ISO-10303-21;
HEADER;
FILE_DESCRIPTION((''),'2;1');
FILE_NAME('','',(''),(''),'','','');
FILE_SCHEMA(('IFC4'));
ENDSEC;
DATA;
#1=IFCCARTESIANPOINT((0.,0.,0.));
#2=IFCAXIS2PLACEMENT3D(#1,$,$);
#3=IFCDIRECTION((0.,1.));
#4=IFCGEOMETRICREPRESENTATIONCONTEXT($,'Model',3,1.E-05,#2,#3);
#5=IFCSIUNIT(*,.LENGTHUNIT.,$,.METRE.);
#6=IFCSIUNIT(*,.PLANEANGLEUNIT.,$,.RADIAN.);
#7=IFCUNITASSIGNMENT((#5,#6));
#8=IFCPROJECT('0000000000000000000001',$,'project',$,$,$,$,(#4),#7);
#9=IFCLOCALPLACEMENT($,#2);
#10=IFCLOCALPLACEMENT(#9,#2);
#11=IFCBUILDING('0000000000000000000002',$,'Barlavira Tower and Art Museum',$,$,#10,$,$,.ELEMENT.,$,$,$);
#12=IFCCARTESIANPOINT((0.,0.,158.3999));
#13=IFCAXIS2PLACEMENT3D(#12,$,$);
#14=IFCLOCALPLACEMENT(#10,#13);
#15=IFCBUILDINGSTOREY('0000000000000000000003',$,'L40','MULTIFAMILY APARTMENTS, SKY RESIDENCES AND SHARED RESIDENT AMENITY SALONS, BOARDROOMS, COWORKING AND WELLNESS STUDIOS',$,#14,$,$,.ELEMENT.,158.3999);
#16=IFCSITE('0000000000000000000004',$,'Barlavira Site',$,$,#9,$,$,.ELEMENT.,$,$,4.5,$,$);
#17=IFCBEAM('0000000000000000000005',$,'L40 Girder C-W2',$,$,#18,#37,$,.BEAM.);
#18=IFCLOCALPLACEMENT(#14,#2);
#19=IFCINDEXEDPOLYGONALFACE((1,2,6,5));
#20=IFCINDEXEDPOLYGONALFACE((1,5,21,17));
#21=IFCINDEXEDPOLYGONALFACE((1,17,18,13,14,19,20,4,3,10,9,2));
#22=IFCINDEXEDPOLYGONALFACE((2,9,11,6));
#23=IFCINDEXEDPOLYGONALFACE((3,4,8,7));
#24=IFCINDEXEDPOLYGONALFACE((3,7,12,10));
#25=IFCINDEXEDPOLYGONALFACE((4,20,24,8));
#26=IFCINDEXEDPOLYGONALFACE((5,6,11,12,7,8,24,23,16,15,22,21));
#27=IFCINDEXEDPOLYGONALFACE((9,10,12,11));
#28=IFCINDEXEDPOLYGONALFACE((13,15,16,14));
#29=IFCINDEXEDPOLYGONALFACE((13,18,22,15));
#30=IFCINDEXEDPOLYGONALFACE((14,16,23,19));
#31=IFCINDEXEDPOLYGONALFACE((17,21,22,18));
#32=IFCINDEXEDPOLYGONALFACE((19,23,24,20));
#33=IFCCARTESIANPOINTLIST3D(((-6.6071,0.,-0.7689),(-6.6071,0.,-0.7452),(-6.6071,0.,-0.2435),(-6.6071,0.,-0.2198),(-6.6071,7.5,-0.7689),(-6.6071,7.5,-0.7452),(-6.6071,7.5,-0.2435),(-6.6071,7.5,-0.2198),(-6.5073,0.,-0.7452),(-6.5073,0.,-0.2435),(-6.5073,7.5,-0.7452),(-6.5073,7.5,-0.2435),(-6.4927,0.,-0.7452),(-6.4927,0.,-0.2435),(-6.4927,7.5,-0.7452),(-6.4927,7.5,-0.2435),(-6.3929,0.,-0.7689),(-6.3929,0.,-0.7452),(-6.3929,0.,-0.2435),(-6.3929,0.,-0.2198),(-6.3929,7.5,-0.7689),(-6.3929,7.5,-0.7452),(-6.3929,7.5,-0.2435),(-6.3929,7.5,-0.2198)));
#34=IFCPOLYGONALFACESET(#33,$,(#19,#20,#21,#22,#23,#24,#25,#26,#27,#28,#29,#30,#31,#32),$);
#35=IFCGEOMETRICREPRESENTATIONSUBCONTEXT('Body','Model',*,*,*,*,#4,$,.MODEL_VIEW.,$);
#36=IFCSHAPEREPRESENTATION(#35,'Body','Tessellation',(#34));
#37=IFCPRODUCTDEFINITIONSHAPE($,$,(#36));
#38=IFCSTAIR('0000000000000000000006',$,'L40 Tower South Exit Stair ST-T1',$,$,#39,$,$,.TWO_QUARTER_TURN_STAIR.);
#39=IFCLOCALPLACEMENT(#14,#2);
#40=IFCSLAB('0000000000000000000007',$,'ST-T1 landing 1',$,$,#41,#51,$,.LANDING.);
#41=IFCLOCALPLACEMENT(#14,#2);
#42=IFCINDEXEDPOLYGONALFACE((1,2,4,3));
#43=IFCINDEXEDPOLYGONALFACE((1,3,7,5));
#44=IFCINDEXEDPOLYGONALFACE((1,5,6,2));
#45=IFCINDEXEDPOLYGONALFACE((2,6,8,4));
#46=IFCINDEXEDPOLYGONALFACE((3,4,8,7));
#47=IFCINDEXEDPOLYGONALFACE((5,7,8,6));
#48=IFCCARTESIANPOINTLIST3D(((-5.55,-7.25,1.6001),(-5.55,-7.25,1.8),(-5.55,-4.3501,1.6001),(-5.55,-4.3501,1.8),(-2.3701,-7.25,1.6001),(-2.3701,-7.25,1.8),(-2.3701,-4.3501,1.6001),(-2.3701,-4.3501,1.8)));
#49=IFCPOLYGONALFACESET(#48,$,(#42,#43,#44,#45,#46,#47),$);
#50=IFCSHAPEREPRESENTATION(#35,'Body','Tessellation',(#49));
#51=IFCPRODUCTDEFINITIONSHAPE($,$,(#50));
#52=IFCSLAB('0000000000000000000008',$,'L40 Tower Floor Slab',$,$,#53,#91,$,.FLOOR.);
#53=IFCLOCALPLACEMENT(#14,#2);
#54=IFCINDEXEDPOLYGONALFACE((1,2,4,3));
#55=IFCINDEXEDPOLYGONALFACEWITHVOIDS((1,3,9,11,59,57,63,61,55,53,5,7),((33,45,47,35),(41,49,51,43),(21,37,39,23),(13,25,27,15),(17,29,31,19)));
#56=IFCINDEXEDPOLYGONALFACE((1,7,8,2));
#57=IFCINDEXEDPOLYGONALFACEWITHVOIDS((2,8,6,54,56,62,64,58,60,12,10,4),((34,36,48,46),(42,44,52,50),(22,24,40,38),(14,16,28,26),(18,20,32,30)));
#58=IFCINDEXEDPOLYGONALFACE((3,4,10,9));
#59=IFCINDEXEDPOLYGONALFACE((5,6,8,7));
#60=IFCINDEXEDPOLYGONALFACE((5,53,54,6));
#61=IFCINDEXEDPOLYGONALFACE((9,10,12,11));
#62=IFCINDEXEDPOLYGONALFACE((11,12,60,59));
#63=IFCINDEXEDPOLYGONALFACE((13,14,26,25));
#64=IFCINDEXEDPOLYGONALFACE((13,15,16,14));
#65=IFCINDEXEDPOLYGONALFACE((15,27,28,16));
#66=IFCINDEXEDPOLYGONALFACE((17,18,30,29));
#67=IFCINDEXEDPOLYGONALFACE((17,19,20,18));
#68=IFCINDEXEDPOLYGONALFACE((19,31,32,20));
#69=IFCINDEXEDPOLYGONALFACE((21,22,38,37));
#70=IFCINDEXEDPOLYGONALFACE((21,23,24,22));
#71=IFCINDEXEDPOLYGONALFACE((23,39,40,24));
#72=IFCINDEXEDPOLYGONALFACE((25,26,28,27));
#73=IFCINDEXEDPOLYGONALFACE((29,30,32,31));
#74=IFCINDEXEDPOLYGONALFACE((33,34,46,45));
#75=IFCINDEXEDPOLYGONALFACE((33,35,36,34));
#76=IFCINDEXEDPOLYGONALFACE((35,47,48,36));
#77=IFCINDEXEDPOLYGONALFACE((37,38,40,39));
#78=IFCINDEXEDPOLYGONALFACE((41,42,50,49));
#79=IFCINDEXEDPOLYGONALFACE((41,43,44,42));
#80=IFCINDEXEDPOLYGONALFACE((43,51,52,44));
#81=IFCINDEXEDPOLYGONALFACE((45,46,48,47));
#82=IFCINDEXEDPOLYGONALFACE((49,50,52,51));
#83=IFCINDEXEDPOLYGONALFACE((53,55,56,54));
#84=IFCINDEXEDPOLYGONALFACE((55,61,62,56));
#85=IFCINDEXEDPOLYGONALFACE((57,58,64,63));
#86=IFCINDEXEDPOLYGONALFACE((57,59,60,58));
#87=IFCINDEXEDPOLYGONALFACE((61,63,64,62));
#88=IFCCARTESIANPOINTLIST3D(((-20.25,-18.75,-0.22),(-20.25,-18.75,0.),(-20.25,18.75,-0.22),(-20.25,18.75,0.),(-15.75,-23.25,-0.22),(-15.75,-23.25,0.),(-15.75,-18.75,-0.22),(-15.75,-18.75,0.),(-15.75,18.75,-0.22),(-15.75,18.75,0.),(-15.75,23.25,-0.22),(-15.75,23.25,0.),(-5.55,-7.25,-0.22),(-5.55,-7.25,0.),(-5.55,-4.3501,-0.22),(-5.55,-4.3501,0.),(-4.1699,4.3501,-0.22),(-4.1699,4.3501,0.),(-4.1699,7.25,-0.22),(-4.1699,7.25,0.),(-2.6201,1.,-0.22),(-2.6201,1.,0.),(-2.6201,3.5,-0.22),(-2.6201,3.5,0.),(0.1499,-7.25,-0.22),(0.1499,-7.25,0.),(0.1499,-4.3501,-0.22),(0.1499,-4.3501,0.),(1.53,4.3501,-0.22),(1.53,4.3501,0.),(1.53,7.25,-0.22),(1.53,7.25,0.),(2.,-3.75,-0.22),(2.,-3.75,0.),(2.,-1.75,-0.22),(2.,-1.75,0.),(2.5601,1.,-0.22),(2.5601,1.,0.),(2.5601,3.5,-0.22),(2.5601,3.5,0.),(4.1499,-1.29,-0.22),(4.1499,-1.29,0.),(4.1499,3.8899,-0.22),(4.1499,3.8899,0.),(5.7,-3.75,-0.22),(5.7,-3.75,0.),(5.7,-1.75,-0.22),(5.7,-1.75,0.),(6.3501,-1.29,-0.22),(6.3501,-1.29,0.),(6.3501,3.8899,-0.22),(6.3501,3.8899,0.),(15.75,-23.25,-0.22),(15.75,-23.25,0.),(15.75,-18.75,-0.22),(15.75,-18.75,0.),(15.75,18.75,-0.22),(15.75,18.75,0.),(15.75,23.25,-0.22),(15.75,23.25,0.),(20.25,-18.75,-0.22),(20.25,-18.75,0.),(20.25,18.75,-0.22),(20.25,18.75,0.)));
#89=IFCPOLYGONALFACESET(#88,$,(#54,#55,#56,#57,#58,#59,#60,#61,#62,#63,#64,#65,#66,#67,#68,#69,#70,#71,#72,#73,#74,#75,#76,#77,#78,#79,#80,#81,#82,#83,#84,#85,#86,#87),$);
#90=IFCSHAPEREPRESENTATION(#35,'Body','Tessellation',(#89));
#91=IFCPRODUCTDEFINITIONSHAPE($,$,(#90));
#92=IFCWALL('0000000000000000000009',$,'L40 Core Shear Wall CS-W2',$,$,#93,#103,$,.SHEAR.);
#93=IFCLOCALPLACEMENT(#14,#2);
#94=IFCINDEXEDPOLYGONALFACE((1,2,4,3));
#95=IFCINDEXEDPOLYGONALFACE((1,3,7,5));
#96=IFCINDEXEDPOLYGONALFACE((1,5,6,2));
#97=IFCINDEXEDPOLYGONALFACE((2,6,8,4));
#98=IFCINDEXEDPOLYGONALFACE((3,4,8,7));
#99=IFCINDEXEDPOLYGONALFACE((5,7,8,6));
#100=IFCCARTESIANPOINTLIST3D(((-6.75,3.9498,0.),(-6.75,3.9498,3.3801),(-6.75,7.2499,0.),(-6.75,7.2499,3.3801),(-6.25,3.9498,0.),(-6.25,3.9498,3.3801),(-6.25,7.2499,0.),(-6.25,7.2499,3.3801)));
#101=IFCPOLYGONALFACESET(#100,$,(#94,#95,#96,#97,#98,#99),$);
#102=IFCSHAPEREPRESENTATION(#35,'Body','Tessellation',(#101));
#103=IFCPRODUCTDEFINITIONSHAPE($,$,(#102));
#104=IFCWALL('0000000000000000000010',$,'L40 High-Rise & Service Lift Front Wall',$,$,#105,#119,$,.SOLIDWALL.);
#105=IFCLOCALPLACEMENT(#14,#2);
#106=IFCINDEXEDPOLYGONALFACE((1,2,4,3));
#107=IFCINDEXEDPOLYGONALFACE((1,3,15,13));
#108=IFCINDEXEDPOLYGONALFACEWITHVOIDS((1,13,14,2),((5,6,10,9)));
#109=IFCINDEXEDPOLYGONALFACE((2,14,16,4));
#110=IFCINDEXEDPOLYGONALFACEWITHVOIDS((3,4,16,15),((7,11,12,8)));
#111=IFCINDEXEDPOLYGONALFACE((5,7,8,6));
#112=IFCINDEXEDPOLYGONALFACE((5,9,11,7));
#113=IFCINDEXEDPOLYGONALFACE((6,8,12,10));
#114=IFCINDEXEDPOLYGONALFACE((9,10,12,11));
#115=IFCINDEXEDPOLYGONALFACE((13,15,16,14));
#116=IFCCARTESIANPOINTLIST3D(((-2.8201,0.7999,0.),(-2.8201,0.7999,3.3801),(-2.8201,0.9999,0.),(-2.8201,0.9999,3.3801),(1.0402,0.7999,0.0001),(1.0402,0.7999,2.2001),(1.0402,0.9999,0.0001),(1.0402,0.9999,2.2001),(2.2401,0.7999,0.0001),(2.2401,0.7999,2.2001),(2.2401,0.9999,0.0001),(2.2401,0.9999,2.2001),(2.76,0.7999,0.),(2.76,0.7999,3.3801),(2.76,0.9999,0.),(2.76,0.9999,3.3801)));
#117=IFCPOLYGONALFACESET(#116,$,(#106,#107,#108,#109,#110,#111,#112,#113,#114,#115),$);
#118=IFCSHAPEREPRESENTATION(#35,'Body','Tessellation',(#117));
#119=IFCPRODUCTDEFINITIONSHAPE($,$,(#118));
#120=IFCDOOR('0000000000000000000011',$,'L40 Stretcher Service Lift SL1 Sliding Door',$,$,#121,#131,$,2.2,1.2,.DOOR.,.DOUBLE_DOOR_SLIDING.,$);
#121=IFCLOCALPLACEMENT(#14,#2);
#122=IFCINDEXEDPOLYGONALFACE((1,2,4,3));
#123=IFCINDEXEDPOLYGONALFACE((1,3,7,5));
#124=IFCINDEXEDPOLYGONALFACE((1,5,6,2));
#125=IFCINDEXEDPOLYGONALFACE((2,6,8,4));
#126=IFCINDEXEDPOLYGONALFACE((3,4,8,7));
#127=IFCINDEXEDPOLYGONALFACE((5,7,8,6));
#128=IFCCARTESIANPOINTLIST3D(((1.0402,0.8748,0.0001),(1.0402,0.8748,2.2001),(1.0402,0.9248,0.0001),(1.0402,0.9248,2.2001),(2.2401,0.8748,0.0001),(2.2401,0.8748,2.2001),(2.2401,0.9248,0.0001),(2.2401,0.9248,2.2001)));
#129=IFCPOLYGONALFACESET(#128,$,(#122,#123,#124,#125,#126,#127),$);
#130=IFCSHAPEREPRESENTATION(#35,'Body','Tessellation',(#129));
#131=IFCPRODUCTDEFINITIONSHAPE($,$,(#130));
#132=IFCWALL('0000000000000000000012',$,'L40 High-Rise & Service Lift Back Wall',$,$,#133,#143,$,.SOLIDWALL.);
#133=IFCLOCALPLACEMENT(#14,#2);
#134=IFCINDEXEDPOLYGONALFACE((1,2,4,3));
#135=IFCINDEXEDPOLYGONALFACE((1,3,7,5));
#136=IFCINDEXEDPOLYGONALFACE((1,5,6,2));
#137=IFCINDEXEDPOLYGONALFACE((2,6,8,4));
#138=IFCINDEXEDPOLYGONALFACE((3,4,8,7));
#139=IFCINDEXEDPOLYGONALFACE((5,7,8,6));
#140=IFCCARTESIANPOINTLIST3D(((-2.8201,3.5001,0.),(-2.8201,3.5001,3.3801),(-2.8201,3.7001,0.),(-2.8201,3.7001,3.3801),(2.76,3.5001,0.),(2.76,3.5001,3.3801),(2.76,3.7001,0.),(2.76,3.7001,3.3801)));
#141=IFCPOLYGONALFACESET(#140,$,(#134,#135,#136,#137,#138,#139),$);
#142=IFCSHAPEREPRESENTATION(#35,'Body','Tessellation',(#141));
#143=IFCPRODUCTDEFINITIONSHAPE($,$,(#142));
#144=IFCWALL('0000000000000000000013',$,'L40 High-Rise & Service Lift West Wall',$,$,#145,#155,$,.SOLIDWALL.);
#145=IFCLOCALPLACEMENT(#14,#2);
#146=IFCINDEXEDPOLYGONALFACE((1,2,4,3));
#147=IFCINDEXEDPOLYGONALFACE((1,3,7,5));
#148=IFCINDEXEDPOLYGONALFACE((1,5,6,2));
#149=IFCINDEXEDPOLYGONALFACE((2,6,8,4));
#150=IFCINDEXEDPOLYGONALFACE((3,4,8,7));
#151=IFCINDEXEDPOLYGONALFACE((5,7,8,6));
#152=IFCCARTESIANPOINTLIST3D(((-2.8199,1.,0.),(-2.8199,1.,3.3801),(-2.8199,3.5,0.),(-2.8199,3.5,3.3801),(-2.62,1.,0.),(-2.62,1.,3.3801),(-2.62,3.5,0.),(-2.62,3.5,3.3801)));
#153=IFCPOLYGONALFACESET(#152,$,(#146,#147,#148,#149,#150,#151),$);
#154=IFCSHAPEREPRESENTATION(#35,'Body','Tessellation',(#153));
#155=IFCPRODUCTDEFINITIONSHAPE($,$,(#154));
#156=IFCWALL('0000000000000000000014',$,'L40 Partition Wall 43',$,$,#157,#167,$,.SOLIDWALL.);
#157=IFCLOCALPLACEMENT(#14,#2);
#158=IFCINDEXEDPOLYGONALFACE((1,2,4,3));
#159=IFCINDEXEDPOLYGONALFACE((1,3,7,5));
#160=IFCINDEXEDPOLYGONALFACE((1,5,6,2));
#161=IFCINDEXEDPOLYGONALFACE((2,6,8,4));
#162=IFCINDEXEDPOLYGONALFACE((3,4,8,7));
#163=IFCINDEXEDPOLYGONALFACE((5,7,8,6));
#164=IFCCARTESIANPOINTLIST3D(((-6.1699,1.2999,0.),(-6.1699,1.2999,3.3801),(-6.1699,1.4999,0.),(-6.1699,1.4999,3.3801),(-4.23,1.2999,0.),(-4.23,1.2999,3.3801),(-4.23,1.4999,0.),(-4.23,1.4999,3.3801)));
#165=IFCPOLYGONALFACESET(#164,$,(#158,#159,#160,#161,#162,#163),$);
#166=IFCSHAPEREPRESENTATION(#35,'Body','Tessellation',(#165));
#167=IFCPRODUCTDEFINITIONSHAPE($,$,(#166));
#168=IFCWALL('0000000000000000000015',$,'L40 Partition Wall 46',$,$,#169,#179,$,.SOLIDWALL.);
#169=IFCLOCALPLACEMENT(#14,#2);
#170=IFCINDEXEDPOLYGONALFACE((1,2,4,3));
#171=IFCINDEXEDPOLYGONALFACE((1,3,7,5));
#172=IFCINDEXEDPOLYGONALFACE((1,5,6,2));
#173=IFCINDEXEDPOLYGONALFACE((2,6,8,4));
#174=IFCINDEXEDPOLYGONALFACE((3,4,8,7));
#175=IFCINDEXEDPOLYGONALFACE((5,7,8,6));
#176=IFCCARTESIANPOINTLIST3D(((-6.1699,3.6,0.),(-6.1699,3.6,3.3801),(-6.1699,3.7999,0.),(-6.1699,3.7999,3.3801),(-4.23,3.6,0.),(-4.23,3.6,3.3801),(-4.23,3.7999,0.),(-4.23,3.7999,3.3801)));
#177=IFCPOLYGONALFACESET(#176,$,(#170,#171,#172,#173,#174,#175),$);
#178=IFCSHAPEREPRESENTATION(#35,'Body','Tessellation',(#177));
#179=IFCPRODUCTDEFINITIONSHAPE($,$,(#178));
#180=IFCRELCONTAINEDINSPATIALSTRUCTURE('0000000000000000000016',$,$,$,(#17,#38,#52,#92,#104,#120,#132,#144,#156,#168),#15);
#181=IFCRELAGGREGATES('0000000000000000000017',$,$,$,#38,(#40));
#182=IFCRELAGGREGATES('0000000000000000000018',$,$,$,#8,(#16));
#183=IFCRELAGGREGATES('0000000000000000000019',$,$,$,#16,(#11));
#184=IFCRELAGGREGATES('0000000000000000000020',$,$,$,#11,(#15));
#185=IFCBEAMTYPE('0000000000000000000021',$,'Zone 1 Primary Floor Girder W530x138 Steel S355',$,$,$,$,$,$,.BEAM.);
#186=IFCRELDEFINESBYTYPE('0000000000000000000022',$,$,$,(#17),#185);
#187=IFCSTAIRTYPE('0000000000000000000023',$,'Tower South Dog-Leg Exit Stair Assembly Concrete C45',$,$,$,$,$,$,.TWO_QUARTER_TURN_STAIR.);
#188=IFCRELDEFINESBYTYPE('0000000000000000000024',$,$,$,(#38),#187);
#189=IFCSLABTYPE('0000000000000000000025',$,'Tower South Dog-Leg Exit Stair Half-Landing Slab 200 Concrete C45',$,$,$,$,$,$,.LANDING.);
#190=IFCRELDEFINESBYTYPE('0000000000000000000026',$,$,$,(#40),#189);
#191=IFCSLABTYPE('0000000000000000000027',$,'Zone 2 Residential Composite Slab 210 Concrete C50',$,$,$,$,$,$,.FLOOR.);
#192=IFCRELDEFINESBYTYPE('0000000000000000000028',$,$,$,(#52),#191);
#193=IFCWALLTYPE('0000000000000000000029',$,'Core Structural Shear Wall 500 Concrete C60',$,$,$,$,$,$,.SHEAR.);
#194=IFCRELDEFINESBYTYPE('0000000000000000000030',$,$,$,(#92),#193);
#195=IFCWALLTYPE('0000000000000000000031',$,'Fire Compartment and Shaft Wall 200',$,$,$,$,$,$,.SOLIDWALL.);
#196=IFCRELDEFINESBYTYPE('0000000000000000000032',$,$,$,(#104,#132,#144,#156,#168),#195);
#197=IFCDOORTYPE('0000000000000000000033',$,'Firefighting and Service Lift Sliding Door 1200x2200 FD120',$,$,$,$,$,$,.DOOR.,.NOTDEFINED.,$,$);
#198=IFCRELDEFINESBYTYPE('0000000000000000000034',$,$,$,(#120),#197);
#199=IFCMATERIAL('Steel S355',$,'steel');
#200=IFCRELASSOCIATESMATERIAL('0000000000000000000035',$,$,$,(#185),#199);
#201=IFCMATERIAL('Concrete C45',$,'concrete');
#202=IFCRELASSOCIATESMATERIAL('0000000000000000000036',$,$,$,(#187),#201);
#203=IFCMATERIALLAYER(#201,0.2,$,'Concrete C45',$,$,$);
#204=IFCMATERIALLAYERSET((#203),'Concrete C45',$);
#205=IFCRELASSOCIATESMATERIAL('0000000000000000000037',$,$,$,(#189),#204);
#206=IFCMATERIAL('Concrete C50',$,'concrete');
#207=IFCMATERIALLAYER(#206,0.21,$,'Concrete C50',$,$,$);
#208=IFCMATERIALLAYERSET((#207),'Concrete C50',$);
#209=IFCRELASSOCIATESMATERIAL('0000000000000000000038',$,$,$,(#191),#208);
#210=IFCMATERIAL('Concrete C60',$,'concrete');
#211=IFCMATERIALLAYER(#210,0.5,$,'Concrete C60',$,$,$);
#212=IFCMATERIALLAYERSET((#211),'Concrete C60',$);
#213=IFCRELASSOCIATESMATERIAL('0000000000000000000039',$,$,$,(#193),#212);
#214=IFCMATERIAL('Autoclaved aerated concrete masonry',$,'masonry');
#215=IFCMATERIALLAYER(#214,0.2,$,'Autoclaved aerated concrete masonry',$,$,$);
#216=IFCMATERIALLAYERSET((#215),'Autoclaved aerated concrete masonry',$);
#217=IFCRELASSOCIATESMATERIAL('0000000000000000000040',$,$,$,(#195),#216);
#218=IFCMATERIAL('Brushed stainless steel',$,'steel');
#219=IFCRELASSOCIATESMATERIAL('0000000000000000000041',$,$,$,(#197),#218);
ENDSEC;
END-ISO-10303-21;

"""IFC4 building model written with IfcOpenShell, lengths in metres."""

from ifc_helpers import new_model, si_unit, direction, frame, frame_2d, origin, origin_2d, place, context, subcontext, project, spatial, polyline, rectangle, i_section, outline, extrude, material, layer, layer_set, material_profile, profile_set, type_object, element, fill, aggregate, save


model = new_model("IFC4")

# Units and contexts
model_context = context("Model", 3, precision=1e-05, world=origin(), true_north=direction((0.0, 1.0)))
body_context = subcontext(model_context, "Body", "Model", "MODEL_VIEW")
ifc_project = project(units=[si_unit("LENGTHUNIT", "METRE"), si_unit("PLANEANGLEUNIT", "RADIAN")], contexts=[model_context])

# Site, building, storey
site_placement = place(None, origin())
site = spatial("IfcSite", under=ifc_project, at=site_placement, Name="Barlavira Site", CompositionType="ELEMENT", RefElevation=4.5)
building_placement = place(site_placement, origin())
building = spatial("IfcBuilding", under=site, at=building_placement, Name="Barlavira Tower and Art Museum", CompositionType="ELEMENT")
storey_placement = place(building_placement, frame((0.0, 0.0, 158.3999)))
storey = spatial("IfcBuildingStorey", under=building, at=storey_placement, Name="L40", Description="MULTIFAMILY APARTMENTS, SKY RESIDENCES AND SHARED RESIDENT AMENITY SALONS, BOARDROOMS, COWORKING AND WELLNESS STUDIOS", CompositionType="ELEMENT", Elevation=158.3999)

# Beam
ifc_material_1 = material(Name="Steel S355", Category="steel")
ifc_material_profile = material_profile(ifc_material_1, i_section(OverallWidth=0.2141, OverallDepth=0.5491, WebThickness=0.0146, FlangeThickness=0.0237, at=origin_2d()), Name="W530x138.0")
ifc_profile_set = profile_set([ifc_material_profile], Name="Steel S355")
beam_type = type_object("IfcBeamType", Name="Zone 1 Primary Floor Girder W530x138 Steel S355", PredefinedType="BEAM", material=ifc_profile_set)
beam_placement = place(storey_placement, frame((-6.5, 0.0, -0.4944), z_axis=(0.0, 1.0, 0.0), x_axis=(-1.0, 0.0, 0.0)))
element("IfcBeam", 1, at=beam_placement, inside=storey, type_object=beam_type, Name="L40 Girder C-W2", PredefinedType="BEAM", context=body_context, shape_type="SweptSolid", body=[
    extrude(i_section(OverallWidth=0.2141, OverallDepth=0.5491, WebThickness=0.0146, FlangeThickness=0.0237, at=origin_2d()), origin(), (0.0, 0.0, 1.0), 7.5),
])

# Stair, slab
ifc_material_2 = material(Name="Concrete C45", Category="concrete")
stair_type_1 = type_object("IfcStairType", Name="Tower South Dog-Leg Exit Stair Assembly Concrete C45", PredefinedType="TWO_QUARTER_TURN_STAIR", material=ifc_material_2)
stair_1_placement = place(storey_placement, origin())
stair_1 = element("IfcStair", 2, at=stair_1_placement, inside=storey, type_object=stair_type_1, Name="L40 Tower South Exit Stair ST-T1", PredefinedType="TWO_QUARTER_TURN_STAIR")
ifc_layer_1 = layer(ifc_material_2, 0.2, Name="Concrete C45")
ifc_layer_set_1 = layer_set([ifc_layer_1], Name="Concrete C45")
slab_type_1 = type_object("IfcSlabType", Name="Tower South Dog-Leg Exit Stair Half-Landing Slab 200 Concrete C45", PredefinedType="LANDING", material=ifc_layer_set_1)
slab_1_placement = place(storey_placement, frame((0.0, 0.0, 1.6001)))
slab_1 = element("IfcSlab", 3, at=slab_1_placement, type_object=slab_type_1, Name="ST-T1 landing 1", PredefinedType="LANDING", context=body_context, shape_type="SweptSolid", body=[
    extrude(outline(polyline([(-2.3701, -4.3501), (-5.55, -4.3501), (-5.55, -7.25), (-2.3701, -7.25), (-2.3701, -4.3501)])), origin(), (0.0, 0.0, 1.0), 0.2),
])
aggregate(stair_1, [slab_1])

# Slab
ifc_material_3 = material(Name="Concrete C50", Category="concrete")
ifc_layer_2 = layer(ifc_material_3, 0.21, Name="Concrete C50")
ifc_layer_set_2 = layer_set([ifc_layer_2], Name="Concrete C50")
slab_type_2 = type_object("IfcSlabType", Name="Zone 2 Residential Composite Slab 210 Concrete C50", PredefinedType="FLOOR", material=ifc_layer_set_2)
slab_2_placement = place(storey_placement, frame((0.0, 0.0, -0.22)))
element("IfcSlab", 4, at=slab_2_placement, inside=storey, type_object=slab_type_2, Name="L40 Tower Floor Slab", PredefinedType="FLOOR", context=body_context, shape_type="SweptSolid", body=[
    extrude(outline(polyline([(-15.75, -23.25), (15.75, -23.25), (15.75, -18.75), (20.25, -18.75), (20.25, 18.75), (15.75, 18.75), (15.75, 23.25), (-15.75, 23.25), (-15.75, 18.75), (-20.25, 18.75), (-20.25, -18.75), (-15.75, -18.75), (-15.75, -23.25)]), holes=[polyline([(0.1499, -4.3501), (-5.55, -4.3501), (-5.55, -7.25), (0.1499, -7.25), (0.1499, -4.3501)]), polyline([(-4.1699, 4.3501), (1.53, 4.3501), (1.53, 7.25), (-4.1699, 7.25), (-4.1699, 4.3501)]), polyline([(4.1499, -1.29), (6.3501, -1.29), (6.3501, 3.8899), (4.1499, 3.8899), (4.1499, -1.29)]), polyline([(-2.6201, 1.0), (2.5601, 1.0), (2.5601, 3.5), (-2.6201, 3.5), (-2.6201, 1.0)]), polyline([(2.0, -3.75), (5.7, -3.75), (5.7, -1.75), (2.0, -1.75), (2.0, -3.75)])]), origin(), (0.0, 0.0, 1.0), 0.22),
])

# Wall
ifc_material_4 = material(Name="Concrete C60", Category="concrete")
ifc_layer_3 = layer(ifc_material_4, 0.5, Name="Concrete C60")
ifc_layer_set_3 = layer_set([ifc_layer_3], Name="Concrete C60")
wall_type_1 = type_object("IfcWallType", Name="Core Structural Shear Wall 500 Concrete C60", PredefinedType="SHEAR", material=ifc_layer_set_3)
wall_1_placement = place(storey_placement, frame((-6.5, 3.95, 0.0), z_axis=(0.0, 0.0, 1.0), x_axis=(0.0, 1.0, 0.0)))
element("IfcWall", 5, at=wall_1_placement, inside=storey, type_object=wall_type_1, Name="L40 Core Shear Wall CS-W2", PredefinedType="SHEAR", context=body_context, shape_type="SweptSolid", body=[
    extrude(rectangle(XDim=3.3, YDim=0.5, at=frame_2d((1.6499, 0.0))), origin(), (0.0, 0.0, 1.0), 3.3801),
])

# Wall, opening, door
ifc_material_5 = material(Name="Autoclaved aerated concrete masonry", Category="masonry")
ifc_layer_4 = layer(ifc_material_5, 0.2, Name="Autoclaved aerated concrete masonry")
ifc_layer_set_4 = layer_set([ifc_layer_4], Name="Autoclaved aerated concrete masonry")
wall_type_2 = type_object("IfcWallType", Name="Fire Compartment and Shaft Wall 200", PredefinedType="SOLIDWALL", material=ifc_layer_set_4)
wall_2_placement = place(storey_placement, frame((-2.8201, 0.8999, 0.0), z_axis=(0.0, 0.0, 1.0), x_axis=(1.0, 0.0, 0.0)))
wall_2 = element("IfcWall", 6, at=wall_2_placement, inside=storey, type_object=wall_type_2, Name="L40 High-Rise & Service Lift Front Wall", PredefinedType="SOLIDWALL", context=body_context, shape_type="SweptSolid", body=[
    extrude(rectangle(XDim=5.5801, YDim=0.2, at=frame_2d((2.79, 0.0))), origin(), (0.0, 0.0, 1.0), 3.3801),
])
opening_placement = place(wall_2_placement, frame((3.8601, 0.0, 0.0)))
opening = element("IfcOpeningElement", 7, at=opening_placement, cuts=wall_2, PredefinedType="OPENING", context=body_context, shape_type="SweptSolid", body=[
    extrude(rectangle(XDim=1.2, YDim=2.2, at=frame_2d((0.6001, 1.1001))), frame((0.0, 0.1099, 0.0), z_axis=(0.0, -1.0, 0.0), x_axis=(1.0, 0.0, 0.0)), (0.0, 0.0, 1.0), 0.22),
])
ifc_material_6 = material(Name="Brushed stainless steel", Category="steel")
door_type = type_object("IfcDoorType", Name="Firefighting and Service Lift Sliding Door 1200x2200 FD120", OperationType="NOTDEFINED", PredefinedType="DOOR", material=ifc_material_6)
door_placement = place(opening_placement, origin())
door = element("IfcDoor", 8, at=door_placement, inside=storey, type_object=door_type, Name="L40 Stretcher Service Lift SL1 Sliding Door", OperationType="DOUBLE_DOOR_SLIDING", OverallHeight=2.2, OverallWidth=1.2, PredefinedType="DOOR", context=body_context, shape_type="SweptSolid", body=[
    extrude(rectangle(XDim=1.2, YDim=2.2, at=frame_2d((0.6001, 1.1001))), frame((0.0, 0.0249, 0.0), z_axis=(0.0, -1.0, 0.0), x_axis=(1.0, 0.0, 0.0)), (0.0, 0.0, 1.0), 0.05),
])
fill(opening, door)

# Walls
wall_3_placement = place(storey_placement, frame((-2.8201, 3.6001, 0.0), z_axis=(0.0, 0.0, 1.0), x_axis=(1.0, 0.0, 0.0)))
element("IfcWall", 9, at=wall_3_placement, inside=storey, type_object=wall_type_2, Name="L40 High-Rise & Service Lift Back Wall", PredefinedType="SOLIDWALL", context=body_context, shape_type="SweptSolid", body=[
    extrude(rectangle(XDim=5.5801, YDim=0.2, at=frame_2d((2.79, 0.0))), origin(), (0.0, 0.0, 1.0), 3.3801),
])
wall_4_placement = place(storey_placement, frame((-2.72, 1.0, 0.0), z_axis=(0.0, 0.0, 1.0), x_axis=(0.0, 1.0, 0.0)))
element("IfcWall", 10, at=wall_4_placement, inside=storey, type_object=wall_type_2, Name="L40 High-Rise & Service Lift West Wall", PredefinedType="SOLIDWALL", context=body_context, shape_type="SweptSolid", body=[
    extrude(rectangle(XDim=2.5, YDim=0.2, at=frame_2d((1.25, 0.0))), origin(), (0.0, 0.0, 1.0), 3.3801),
])
for number, where, z_axis, x_axis, name in (
    (11, (-6.1699, 1.3999, 0.0), (0.0, 0.0, 1.0), (1.0, 0.0, 0.0), "L40 Partition Wall 43"),
    (12, (-6.1699, 3.7, 0.0), (0.0, 0.0, 1.0), (1.0, 0.0, 0.0), "L40 Partition Wall 46"),
):
    element("IfcWall", number, at=place(storey_placement, frame(where, z_axis=z_axis, x_axis=x_axis)), inside=storey, type_object=wall_type_2, Name=name, PredefinedType="SOLIDWALL", context=body_context, shape_type="SweptSolid", body=[
        extrude(rectangle(XDim=1.9399, YDim=0.2, at=frame_2d((0.97, 0.0))), origin(), (0.0, 0.0, 1.0), 3.3801),
    ])

save(model, "model.ifc")
